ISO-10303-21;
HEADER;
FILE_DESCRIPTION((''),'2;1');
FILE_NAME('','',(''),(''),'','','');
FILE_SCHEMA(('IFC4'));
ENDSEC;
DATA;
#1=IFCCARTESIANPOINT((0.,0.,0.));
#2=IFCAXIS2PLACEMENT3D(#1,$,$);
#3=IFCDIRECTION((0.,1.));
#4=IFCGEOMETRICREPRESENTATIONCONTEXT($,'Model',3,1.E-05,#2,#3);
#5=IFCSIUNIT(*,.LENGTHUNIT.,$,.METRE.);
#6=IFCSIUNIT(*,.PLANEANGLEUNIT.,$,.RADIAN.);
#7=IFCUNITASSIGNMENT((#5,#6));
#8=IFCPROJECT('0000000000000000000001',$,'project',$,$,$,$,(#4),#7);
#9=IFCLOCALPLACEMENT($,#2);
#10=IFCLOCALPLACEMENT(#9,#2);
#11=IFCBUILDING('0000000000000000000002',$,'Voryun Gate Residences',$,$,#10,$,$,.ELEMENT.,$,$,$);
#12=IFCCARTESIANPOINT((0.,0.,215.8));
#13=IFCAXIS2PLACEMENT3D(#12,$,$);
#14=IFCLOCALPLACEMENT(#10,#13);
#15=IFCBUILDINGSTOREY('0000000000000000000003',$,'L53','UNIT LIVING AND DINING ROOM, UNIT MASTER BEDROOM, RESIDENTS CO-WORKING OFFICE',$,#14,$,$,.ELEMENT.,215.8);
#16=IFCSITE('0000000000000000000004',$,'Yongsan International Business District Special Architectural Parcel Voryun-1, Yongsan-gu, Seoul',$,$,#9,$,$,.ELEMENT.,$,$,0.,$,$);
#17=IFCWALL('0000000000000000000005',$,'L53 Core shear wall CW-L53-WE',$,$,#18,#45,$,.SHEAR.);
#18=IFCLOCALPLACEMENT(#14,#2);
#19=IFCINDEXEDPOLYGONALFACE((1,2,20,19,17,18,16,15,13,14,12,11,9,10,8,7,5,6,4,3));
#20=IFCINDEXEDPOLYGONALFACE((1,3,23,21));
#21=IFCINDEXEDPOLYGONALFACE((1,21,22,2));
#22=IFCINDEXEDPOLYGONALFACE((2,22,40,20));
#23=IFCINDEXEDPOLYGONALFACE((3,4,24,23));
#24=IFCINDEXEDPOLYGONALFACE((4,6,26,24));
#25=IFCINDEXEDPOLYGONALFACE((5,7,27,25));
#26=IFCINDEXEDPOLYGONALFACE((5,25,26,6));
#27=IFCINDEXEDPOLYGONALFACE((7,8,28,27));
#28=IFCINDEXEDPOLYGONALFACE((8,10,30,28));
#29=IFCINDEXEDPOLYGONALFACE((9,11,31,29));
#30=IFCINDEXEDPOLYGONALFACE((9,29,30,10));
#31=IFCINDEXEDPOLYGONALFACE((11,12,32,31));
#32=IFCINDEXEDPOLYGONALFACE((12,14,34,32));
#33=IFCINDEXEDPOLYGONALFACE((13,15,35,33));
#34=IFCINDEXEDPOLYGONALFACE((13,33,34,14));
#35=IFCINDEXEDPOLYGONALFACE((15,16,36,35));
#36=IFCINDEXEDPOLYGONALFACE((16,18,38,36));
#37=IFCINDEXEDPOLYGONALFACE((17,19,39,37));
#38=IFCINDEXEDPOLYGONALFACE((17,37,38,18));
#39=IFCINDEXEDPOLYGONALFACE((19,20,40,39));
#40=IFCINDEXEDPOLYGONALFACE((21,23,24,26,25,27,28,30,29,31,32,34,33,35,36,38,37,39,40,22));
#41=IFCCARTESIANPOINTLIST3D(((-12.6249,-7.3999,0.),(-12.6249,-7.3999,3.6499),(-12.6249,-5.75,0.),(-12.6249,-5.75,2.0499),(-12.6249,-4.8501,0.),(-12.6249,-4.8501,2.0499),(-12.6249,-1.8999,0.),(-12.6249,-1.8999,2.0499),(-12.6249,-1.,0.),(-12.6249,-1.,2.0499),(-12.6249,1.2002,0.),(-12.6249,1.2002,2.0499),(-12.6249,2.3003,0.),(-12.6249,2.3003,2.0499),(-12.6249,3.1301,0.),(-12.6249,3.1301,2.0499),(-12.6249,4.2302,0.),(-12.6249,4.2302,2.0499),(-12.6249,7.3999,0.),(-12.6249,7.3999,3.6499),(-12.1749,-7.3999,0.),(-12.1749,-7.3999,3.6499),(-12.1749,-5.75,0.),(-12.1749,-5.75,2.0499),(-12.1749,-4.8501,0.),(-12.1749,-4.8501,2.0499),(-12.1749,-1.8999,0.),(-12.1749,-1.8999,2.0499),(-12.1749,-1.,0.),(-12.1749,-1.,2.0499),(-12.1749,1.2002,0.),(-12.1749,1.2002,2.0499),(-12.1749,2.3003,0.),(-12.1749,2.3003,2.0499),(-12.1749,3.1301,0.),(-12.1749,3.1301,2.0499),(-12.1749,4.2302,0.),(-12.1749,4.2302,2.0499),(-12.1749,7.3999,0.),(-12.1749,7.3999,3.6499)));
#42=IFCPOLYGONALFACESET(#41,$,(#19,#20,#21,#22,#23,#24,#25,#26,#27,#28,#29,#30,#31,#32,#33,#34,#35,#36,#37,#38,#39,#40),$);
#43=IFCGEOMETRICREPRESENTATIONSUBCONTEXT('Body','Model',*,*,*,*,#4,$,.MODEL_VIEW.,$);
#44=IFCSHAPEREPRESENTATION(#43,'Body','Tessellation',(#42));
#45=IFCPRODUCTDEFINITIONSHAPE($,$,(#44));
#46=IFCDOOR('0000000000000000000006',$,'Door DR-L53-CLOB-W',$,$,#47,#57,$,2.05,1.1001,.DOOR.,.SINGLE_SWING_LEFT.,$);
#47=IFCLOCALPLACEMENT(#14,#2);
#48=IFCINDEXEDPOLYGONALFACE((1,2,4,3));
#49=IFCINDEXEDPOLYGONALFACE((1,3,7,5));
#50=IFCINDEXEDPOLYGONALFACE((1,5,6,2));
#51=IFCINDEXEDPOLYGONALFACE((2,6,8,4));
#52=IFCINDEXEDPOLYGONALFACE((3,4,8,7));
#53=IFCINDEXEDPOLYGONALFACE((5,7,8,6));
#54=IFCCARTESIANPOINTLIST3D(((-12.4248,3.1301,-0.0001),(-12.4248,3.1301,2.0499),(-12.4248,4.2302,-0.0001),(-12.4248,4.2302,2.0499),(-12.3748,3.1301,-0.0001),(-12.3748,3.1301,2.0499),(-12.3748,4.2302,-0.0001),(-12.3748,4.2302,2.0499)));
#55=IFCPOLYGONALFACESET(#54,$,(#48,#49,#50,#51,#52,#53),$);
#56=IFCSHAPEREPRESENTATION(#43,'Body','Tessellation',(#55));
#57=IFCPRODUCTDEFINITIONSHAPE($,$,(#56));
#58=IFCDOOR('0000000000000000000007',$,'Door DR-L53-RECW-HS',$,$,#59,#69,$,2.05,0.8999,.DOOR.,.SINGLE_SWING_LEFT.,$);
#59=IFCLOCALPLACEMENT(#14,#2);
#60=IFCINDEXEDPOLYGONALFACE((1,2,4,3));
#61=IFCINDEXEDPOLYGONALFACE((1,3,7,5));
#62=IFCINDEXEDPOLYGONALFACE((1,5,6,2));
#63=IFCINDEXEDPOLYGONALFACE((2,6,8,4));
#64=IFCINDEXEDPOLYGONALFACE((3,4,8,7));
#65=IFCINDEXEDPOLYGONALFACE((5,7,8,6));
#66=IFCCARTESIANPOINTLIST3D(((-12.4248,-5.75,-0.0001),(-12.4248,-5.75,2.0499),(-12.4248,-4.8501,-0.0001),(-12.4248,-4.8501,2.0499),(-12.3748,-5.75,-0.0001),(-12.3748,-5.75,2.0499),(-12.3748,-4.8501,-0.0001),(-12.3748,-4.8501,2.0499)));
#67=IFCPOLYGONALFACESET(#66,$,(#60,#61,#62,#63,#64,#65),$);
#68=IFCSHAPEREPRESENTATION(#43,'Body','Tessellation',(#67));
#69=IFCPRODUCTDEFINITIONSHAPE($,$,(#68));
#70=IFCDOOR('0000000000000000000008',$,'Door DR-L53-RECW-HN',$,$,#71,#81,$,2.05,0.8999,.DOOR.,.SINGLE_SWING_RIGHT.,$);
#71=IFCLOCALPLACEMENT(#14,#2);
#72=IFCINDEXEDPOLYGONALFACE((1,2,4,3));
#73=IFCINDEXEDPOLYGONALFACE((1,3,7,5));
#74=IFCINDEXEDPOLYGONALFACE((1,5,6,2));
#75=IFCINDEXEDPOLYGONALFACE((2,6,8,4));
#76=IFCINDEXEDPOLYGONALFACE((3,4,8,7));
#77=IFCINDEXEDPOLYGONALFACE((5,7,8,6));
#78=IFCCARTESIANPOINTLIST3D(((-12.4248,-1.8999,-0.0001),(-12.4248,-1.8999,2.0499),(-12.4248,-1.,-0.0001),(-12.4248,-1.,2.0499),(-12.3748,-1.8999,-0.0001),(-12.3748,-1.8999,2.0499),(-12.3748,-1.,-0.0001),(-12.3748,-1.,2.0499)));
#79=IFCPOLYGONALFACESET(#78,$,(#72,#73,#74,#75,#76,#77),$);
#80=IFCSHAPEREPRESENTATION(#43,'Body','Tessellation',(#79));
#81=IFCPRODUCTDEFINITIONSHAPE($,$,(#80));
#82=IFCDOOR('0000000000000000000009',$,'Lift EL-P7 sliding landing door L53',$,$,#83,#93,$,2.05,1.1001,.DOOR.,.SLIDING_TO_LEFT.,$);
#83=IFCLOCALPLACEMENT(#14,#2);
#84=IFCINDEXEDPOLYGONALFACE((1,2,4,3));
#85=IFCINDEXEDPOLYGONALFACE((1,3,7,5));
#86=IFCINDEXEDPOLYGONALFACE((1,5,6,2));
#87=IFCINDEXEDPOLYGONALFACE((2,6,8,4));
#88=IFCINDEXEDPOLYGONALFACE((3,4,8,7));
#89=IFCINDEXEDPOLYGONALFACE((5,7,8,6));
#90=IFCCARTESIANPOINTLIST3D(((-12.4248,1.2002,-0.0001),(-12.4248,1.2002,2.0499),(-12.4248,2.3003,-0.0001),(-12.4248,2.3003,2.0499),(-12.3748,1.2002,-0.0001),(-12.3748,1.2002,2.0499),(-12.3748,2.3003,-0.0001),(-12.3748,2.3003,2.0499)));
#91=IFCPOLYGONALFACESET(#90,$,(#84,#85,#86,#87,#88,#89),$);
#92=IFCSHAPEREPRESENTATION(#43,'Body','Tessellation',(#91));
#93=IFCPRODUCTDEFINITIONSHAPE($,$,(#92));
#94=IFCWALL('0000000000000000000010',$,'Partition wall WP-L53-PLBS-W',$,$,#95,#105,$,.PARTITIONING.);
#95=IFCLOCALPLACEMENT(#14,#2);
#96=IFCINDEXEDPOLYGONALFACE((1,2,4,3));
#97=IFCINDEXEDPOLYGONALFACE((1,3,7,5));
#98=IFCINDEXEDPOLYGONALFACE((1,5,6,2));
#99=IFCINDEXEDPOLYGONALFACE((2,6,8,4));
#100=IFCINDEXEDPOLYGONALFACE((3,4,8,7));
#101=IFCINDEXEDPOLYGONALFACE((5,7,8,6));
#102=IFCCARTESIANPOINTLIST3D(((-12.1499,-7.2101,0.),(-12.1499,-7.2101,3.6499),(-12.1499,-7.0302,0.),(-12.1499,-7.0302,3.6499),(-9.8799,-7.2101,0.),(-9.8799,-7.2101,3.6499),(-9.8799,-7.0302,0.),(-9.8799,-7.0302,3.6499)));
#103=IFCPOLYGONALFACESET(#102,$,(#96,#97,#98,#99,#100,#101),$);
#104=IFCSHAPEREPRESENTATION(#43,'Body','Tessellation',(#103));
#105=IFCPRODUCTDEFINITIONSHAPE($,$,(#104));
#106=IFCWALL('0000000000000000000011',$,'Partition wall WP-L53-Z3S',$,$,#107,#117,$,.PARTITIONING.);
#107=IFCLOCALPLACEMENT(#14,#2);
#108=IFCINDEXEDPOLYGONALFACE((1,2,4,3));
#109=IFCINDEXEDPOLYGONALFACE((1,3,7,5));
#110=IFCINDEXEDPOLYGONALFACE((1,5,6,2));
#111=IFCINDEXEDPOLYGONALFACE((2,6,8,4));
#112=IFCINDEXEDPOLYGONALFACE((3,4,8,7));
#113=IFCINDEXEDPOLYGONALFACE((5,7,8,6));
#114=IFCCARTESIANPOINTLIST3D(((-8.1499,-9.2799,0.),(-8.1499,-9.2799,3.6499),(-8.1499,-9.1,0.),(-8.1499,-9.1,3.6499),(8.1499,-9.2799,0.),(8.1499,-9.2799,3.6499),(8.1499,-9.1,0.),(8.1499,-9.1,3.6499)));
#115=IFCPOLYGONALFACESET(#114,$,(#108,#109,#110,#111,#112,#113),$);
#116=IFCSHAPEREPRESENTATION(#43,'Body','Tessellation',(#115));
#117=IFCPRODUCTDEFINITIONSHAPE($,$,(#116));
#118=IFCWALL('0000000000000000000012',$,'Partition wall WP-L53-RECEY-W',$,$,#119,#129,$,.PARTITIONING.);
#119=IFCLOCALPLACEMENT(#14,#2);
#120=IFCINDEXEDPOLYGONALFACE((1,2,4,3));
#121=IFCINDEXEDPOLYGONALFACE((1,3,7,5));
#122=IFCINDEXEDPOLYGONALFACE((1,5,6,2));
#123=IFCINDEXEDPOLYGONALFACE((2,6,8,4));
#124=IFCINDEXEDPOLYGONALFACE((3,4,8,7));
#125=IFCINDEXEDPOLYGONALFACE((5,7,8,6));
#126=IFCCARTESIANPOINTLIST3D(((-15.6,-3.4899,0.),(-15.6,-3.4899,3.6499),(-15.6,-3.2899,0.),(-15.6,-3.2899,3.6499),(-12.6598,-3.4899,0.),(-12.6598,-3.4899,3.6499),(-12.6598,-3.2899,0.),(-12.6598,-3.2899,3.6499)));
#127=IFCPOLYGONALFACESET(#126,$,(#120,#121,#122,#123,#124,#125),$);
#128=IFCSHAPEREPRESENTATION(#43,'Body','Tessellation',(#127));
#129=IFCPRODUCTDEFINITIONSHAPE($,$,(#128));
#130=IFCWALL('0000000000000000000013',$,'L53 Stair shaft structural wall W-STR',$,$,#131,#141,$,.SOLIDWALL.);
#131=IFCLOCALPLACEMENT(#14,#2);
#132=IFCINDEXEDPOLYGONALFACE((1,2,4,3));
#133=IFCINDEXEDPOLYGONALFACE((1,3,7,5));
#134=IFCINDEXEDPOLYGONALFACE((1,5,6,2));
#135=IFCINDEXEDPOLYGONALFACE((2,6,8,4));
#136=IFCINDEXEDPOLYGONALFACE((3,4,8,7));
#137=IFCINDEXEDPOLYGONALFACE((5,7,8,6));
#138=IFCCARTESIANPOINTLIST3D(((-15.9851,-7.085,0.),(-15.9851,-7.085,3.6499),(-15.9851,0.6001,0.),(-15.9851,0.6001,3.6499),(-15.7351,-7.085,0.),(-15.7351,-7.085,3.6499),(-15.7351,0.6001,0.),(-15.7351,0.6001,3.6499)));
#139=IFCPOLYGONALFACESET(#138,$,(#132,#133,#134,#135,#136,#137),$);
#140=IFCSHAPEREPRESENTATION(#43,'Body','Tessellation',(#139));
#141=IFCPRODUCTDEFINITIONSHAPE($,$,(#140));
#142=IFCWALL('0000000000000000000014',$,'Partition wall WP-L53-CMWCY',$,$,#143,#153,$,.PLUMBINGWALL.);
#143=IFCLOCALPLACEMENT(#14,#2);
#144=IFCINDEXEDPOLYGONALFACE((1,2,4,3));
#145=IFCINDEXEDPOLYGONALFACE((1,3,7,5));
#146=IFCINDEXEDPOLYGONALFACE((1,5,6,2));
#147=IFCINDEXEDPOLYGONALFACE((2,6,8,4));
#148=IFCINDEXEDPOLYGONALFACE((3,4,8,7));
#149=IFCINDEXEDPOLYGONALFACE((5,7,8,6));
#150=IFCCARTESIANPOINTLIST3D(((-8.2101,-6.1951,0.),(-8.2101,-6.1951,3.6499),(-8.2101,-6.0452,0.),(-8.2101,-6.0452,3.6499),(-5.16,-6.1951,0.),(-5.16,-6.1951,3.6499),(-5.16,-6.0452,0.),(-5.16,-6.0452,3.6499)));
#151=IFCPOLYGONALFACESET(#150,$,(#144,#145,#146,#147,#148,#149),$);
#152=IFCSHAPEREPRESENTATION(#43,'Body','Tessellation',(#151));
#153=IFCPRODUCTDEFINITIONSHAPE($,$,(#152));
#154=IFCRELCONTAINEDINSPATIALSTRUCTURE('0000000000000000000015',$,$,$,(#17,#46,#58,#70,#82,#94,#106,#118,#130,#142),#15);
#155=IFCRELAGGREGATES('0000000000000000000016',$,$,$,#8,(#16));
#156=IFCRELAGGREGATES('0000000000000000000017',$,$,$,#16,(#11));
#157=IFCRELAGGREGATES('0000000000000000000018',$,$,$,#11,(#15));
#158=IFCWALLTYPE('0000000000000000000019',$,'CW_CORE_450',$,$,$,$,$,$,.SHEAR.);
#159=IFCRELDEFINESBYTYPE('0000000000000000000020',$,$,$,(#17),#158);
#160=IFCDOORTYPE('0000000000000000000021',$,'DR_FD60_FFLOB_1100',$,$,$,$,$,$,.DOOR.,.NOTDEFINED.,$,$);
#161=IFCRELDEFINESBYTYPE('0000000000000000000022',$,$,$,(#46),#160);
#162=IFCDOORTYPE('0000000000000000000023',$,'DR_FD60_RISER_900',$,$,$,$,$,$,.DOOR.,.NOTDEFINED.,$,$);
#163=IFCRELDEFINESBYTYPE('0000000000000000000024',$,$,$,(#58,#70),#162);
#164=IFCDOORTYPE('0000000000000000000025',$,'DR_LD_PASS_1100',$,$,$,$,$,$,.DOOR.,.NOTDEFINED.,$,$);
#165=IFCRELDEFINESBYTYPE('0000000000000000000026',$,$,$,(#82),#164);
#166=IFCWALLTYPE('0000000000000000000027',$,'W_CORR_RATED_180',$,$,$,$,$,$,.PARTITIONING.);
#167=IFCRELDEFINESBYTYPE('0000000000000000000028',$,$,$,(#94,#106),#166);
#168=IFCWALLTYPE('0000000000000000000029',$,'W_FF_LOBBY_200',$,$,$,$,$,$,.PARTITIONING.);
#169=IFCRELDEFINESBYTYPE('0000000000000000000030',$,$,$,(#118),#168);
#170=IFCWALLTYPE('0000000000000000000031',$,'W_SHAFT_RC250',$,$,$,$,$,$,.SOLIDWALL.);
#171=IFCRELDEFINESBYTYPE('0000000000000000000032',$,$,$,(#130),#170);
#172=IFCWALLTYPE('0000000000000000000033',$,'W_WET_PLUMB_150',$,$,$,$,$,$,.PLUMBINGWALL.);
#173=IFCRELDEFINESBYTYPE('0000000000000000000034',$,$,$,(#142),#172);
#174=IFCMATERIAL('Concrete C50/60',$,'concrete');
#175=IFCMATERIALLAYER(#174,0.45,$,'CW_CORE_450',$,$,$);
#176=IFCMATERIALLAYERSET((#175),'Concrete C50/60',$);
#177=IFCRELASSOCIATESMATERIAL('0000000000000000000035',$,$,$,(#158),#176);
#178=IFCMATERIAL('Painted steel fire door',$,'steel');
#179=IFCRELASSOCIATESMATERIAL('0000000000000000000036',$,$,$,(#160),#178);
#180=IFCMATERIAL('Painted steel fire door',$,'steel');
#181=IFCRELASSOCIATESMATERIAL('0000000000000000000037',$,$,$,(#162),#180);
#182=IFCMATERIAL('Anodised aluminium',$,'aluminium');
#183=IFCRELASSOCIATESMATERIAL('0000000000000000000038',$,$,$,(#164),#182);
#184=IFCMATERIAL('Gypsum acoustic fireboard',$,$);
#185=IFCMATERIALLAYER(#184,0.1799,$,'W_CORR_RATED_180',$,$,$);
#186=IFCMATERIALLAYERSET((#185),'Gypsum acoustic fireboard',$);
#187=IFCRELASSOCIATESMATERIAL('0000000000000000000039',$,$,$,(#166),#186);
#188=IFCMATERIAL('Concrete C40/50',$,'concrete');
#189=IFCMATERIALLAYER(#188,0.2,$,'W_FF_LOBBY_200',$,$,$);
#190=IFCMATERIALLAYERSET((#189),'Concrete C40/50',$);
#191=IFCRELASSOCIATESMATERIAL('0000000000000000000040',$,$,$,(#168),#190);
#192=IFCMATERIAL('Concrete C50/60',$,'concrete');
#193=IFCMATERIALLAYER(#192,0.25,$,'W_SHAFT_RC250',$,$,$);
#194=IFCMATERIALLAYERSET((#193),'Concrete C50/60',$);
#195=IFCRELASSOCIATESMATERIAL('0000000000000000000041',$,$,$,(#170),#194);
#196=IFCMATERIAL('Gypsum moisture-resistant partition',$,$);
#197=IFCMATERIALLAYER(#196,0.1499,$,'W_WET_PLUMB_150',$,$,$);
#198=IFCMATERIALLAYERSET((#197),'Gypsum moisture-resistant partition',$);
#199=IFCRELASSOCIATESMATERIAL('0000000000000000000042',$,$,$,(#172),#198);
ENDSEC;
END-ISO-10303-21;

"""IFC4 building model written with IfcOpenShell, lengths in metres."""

from ifc_helpers import new_model, si_unit, direction, frame, frame_2d, origin, place, context, subcontext, project, spatial, rectangle, extrude, material, layer, layer_set, type_object, element, fill, save


model = new_model("IFC4")

# Units and contexts
model_context = context("Model", 3, precision=1e-05, world=origin(), true_north=direction((0.0, 1.0)))
body_context = subcontext(model_context, "Body", "Model", "MODEL_VIEW")
ifc_project = project(units=[si_unit("LENGTHUNIT", "METRE"), si_unit("PLANEANGLEUNIT", "RADIAN")], contexts=[model_context])

# Site, building, storey
site_placement = place(None, origin())
site = spatial("IfcSite", under=ifc_project, at=site_placement, Name="Yongsan International Business District Special Architectural Parcel Voryun-1, Yongsan-gu, Seoul", CompositionType="ELEMENT", RefElevation=0.0)
building_placement = place(site_placement, origin())
building = spatial("IfcBuilding", under=site, at=building_placement, Name="Voryun Gate Residences", CompositionType="ELEMENT")
storey_placement = place(building_placement, frame((0.0, 0.0, 215.8)))
storey = spatial("IfcBuildingStorey", under=building, at=storey_placement, Name="L53", Description="UNIT LIVING AND DINING ROOM, UNIT MASTER BEDROOM, RESIDENTS CO-WORKING OFFICE", CompositionType="ELEMENT", Elevation=215.8)

# Wall, openings, doors
ifc_material_1 = material(Name="Concrete C50/60", Category="concrete")
ifc_layer_1 = layer(ifc_material_1, 0.45, Name="CW_CORE_450")
ifc_layer_set_1 = layer_set([ifc_layer_1], Name="Concrete C50/60")
wall_type_1 = type_object("IfcWallType", Name="CW_CORE_450", PredefinedType="SHEAR", material=ifc_layer_set_1)
wall_1_placement = place(storey_placement, frame((-12.3999, -7.3999, 0.0), z_axis=(0.0, 0.0, 1.0), x_axis=(0.0, 1.0, 0.0)))
wall_1 = element("IfcWall", 1, at=wall_1_placement, inside=storey, type_object=wall_type_1, Name="L53 Core shear wall CW-L53-WE", PredefinedType="SHEAR", context=body_context, shape_type="SweptSolid", body=[
    extrude(rectangle(XDim=14.7998, YDim=0.45, at=frame_2d((7.3999, 0.0))), origin(), (0.0, 0.0, 1.0), 3.6499),
])
opening_1_placement = place(wall_1_placement, frame((8.6001, 0.0, 0.0)))
opening_1 = element("IfcOpeningElement", 2, at=opening_1_placement, cuts=wall_1, PredefinedType="OPENING", context=body_context, shape_type="SweptSolid", body=[
    extrude(rectangle(XDim=1.1001, YDim=2.05, at=frame_2d((0.55, 1.0249))), frame((0.0, 0.2351, 0.0), z_axis=(0.0, -1.0, 0.0), x_axis=(1.0, 0.0, 0.0)), (0.0, 0.0, 1.0), 0.47),
])
opening_2_placement = place(wall_1_placement, frame((10.53, 0.0, 0.0)))
opening_2 = element("IfcOpeningElement", 3, at=opening_2_placement, cuts=wall_1, PredefinedType="OPENING", context=body_context, shape_type="SweptSolid", body=[
    extrude(rectangle(XDim=1.1001, YDim=2.05, at=frame_2d((0.55, 1.0249))), frame((0.0, 0.2351, 0.0), z_axis=(0.0, -1.0, 0.0), x_axis=(1.0, 0.0, 0.0)), (0.0, 0.0, 1.0), 0.47),
])
opening_3_placement = place(wall_1_placement, frame((1.6499, 0.0, 0.0)))
opening_3 = element("IfcOpeningElement", 4, at=opening_3_placement, cuts=wall_1, PredefinedType="OPENING", context=body_context, shape_type="SweptSolid", body=[
    extrude(rectangle(XDim=0.8999, YDim=2.05, at=frame_2d((0.45, 1.0249))), frame((0.0, 0.2351, 0.0), z_axis=(0.0, -1.0, 0.0), x_axis=(1.0, 0.0, 0.0)), (0.0, 0.0, 1.0), 0.47),
])
opening_4_placement = place(wall_1_placement, frame((5.5, 0.0, 0.0)))
opening_4 = element("IfcOpeningElement", 5, at=opening_4_placement, cuts=wall_1, PredefinedType="OPENING", context=body_context, shape_type="SweptSolid", body=[
    extrude(rectangle(XDim=0.8999, YDim=2.05, at=frame_2d((0.45, 1.0249))), frame((0.0, 0.2351, 0.0), z_axis=(0.0, -1.0, 0.0), x_axis=(1.0, 0.0, 0.0)), (0.0, 0.0, 1.0), 0.47),
])
ifc_material_2 = material(Name="Painted steel fire door", Category="steel")
door_type_1 = type_object("IfcDoorType", Name="DR_FD60_FFLOB_1100", OperationType="NOTDEFINED", PredefinedType="DOOR", material=ifc_material_2)
door_1_placement = place(opening_2_placement, origin())
door_1 = element("IfcDoor", 6, at=door_1_placement, inside=storey, type_object=door_type_1, Name="Door DR-L53-CLOB-W", OperationType="SINGLE_SWING_LEFT", OverallHeight=2.05, OverallWidth=1.1001, PredefinedType="DOOR", context=body_context, shape_type="SweptSolid", body=[
    extrude(rectangle(XDim=1.1001, YDim=2.05, at=frame_2d((0.55, 1.0249))), frame((0.0, 0.0249, 0.0), z_axis=(0.0, -1.0, 0.0), x_axis=(1.0, 0.0, 0.0)), (0.0, 0.0, 1.0), 0.05),
])
fill(opening_2, door_1)
ifc_material_3 = material(Name="Painted steel fire door", Category="steel")
door_type_2 = type_object("IfcDoorType", Name="DR_FD60_RISER_900", OperationType="NOTDEFINED", PredefinedType="DOOR", material=ifc_material_3)
door_2_placement = place(opening_3_placement, origin())
door_2 = element("IfcDoor", 7, at=door_2_placement, inside=storey, type_object=door_type_2, Name="Door DR-L53-RECW-HS", OperationType="SINGLE_SWING_LEFT", OverallHeight=2.05, OverallWidth=0.8999, PredefinedType="DOOR", context=body_context, shape_type="SweptSolid", body=[
    extrude(rectangle(XDim=0.8999, YDim=2.05, at=frame_2d((0.45, 1.0249))), frame((0.0, 0.0249, 0.0), z_axis=(0.0, -1.0, 0.0), x_axis=(1.0, 0.0, 0.0)), (0.0, 0.0, 1.0), 0.05),
])
fill(opening_3, door_2)
door_3_placement = place(opening_4_placement, origin())
door_3 = element("IfcDoor", 8, at=door_3_placement, inside=storey, type_object=door_type_2, Name="Door DR-L53-RECW-HN", OperationType="SINGLE_SWING_RIGHT", OverallHeight=2.05, OverallWidth=0.8999, PredefinedType="DOOR", context=body_context, shape_type="SweptSolid", body=[
    extrude(rectangle(XDim=0.8999, YDim=2.05, at=frame_2d((0.45, 1.0249))), frame((0.0, 0.0249, 0.0), z_axis=(0.0, -1.0, 0.0), x_axis=(1.0, 0.0, 0.0)), (0.0, 0.0, 1.0), 0.05),
])
fill(opening_4, door_3)
ifc_material_4 = material(Name="Anodised aluminium", Category="aluminium")
door_type_3 = type_object("IfcDoorType", Name="DR_LD_PASS_1100", OperationType="NOTDEFINED", PredefinedType="DOOR", material=ifc_material_4)
door_4_placement = place(opening_1_placement, origin())
door_4 = element("IfcDoor", 9, at=door_4_placement, inside=storey, type_object=door_type_3, Name="Lift EL-P7 sliding landing door L53", OperationType="SLIDING_TO_LEFT", OverallHeight=2.05, OverallWidth=1.1001, PredefinedType="DOOR", context=body_context, shape_type="SweptSolid", body=[
    extrude(rectangle(XDim=1.1001, YDim=2.05, at=frame_2d((0.55, 1.0249))), frame((0.0, 0.0249, 0.0), z_axis=(0.0, -1.0, 0.0), x_axis=(1.0, 0.0, 0.0)), (0.0, 0.0, 1.0), 0.05),
])
fill(opening_1, door_4)

# Walls
ifc_material_5 = material(Name="Gypsum acoustic fireboard")
ifc_layer_2 = layer(ifc_material_5, 0.1799, Name="W_CORR_RATED_180")
ifc_layer_set_2 = layer_set([ifc_layer_2], Name="Gypsum acoustic fireboard")
wall_type_2 = type_object("IfcWallType", Name="W_CORR_RATED_180", PredefinedType="PARTITIONING", material=ifc_layer_set_2)
wall_2_placement = place(storey_placement, frame((-12.1499, -7.1201, 0.0), z_axis=(0.0, 0.0, 1.0), x_axis=(1.0, 0.0, 0.0)))
element("IfcWall", 10, at=wall_2_placement, inside=storey, type_object=wall_type_2, Name="Partition wall WP-L53-PLBS-W", PredefinedType="PARTITIONING", context=body_context, shape_type="SweptSolid", body=[
    extrude(rectangle(XDim=2.27, YDim=0.1799, at=frame_2d((1.135, 0.0))), origin(), (0.0, 0.0, 1.0), 3.6499),
])
wall_3_placement = place(storey_placement, frame((-8.1499, -9.1899, 0.0), z_axis=(0.0, 0.0, 1.0), x_axis=(1.0, 0.0, 0.0)))
element("IfcWall", 11, at=wall_3_placement, inside=storey, type_object=wall_type_2, Name="Partition wall WP-L53-Z3S", PredefinedType="PARTITIONING", context=body_context, shape_type="SweptSolid", body=[
    extrude(rectangle(XDim=16.2998, YDim=0.1799, at=frame_2d((8.1499, 0.0))), origin(), (0.0, 0.0, 1.0), 3.6499),
])
ifc_material_6 = material(Name="Concrete C40/50", Category="concrete")
ifc_layer_3 = layer(ifc_material_6, 0.2, Name="W_FF_LOBBY_200")
ifc_layer_set_3 = layer_set([ifc_layer_3], Name="Concrete C40/50")
wall_type_3 = type_object("IfcWallType", Name="W_FF_LOBBY_200", PredefinedType="PARTITIONING", material=ifc_layer_set_3)
wall_4_placement = place(storey_placement, frame((-15.6001, -3.3899, 0.0), z_axis=(0.0, 0.0, 1.0), x_axis=(1.0, 0.0, 0.0)))
element("IfcWall", 12, at=wall_4_placement, inside=storey, type_object=wall_type_3, Name="Partition wall WP-L53-RECEY-W", PredefinedType="PARTITIONING", context=body_context, shape_type="SweptSolid", body=[
    extrude(rectangle(XDim=2.9402, YDim=0.2, at=frame_2d((1.4702, 0.0))), origin(), (0.0, 0.0, 1.0), 3.6499),
])
ifc_material_7 = material(Name="Concrete C50/60", Category="concrete")
ifc_layer_4 = layer(ifc_material_7, 0.25, Name="W_SHAFT_RC250")
ifc_layer_set_4 = layer_set([ifc_layer_4], Name="Concrete C50/60")
wall_type_4 = type_object("IfcWallType", Name="W_SHAFT_RC250", PredefinedType="SOLIDWALL", material=ifc_layer_set_4)
wall_5_placement = place(storey_placement, frame((-15.8601, -7.085, 0.0), z_axis=(0.0, 0.0, 1.0), x_axis=(0.0, 1.0, 0.0)))
element("IfcWall", 13, at=wall_5_placement, inside=storey, type_object=wall_type_4, Name="L53 Stair shaft structural wall W-STR", PredefinedType="SOLIDWALL", context=body_context, shape_type="SweptSolid", body=[
    extrude(rectangle(XDim=7.6851, YDim=0.25, at=frame_2d((3.8425, 0.0))), origin(), (0.0, 0.0, 1.0), 3.6499),
])
ifc_material_8 = material(Name="Gypsum moisture-resistant partition")
ifc_layer_5 = layer(ifc_material_8, 0.1499, Name="W_WET_PLUMB_150")
ifc_layer_set_5 = layer_set([ifc_layer_5], Name="Gypsum moisture-resistant partition")
wall_type_5 = type_object("IfcWallType", Name="W_WET_PLUMB_150", PredefinedType="PLUMBINGWALL", material=ifc_layer_set_5)
wall_6_placement = place(storey_placement, frame((-8.21, -6.1201, 0.0), z_axis=(0.0, 0.0, 1.0), x_axis=(1.0, 0.0, 0.0)))
element("IfcWall", 14, at=wall_6_placement, inside=storey, type_object=wall_type_5, Name="Partition wall WP-L53-CMWCY", PredefinedType="PLUMBINGWALL", context=body_context, shape_type="SweptSolid", body=[
    extrude(rectangle(XDim=3.05, YDim=0.1499, at=frame_2d((1.5249, 0.0))), origin(), (0.0, 0.0, 1.0), 3.6499),
])

save(model, "model.ifc")
